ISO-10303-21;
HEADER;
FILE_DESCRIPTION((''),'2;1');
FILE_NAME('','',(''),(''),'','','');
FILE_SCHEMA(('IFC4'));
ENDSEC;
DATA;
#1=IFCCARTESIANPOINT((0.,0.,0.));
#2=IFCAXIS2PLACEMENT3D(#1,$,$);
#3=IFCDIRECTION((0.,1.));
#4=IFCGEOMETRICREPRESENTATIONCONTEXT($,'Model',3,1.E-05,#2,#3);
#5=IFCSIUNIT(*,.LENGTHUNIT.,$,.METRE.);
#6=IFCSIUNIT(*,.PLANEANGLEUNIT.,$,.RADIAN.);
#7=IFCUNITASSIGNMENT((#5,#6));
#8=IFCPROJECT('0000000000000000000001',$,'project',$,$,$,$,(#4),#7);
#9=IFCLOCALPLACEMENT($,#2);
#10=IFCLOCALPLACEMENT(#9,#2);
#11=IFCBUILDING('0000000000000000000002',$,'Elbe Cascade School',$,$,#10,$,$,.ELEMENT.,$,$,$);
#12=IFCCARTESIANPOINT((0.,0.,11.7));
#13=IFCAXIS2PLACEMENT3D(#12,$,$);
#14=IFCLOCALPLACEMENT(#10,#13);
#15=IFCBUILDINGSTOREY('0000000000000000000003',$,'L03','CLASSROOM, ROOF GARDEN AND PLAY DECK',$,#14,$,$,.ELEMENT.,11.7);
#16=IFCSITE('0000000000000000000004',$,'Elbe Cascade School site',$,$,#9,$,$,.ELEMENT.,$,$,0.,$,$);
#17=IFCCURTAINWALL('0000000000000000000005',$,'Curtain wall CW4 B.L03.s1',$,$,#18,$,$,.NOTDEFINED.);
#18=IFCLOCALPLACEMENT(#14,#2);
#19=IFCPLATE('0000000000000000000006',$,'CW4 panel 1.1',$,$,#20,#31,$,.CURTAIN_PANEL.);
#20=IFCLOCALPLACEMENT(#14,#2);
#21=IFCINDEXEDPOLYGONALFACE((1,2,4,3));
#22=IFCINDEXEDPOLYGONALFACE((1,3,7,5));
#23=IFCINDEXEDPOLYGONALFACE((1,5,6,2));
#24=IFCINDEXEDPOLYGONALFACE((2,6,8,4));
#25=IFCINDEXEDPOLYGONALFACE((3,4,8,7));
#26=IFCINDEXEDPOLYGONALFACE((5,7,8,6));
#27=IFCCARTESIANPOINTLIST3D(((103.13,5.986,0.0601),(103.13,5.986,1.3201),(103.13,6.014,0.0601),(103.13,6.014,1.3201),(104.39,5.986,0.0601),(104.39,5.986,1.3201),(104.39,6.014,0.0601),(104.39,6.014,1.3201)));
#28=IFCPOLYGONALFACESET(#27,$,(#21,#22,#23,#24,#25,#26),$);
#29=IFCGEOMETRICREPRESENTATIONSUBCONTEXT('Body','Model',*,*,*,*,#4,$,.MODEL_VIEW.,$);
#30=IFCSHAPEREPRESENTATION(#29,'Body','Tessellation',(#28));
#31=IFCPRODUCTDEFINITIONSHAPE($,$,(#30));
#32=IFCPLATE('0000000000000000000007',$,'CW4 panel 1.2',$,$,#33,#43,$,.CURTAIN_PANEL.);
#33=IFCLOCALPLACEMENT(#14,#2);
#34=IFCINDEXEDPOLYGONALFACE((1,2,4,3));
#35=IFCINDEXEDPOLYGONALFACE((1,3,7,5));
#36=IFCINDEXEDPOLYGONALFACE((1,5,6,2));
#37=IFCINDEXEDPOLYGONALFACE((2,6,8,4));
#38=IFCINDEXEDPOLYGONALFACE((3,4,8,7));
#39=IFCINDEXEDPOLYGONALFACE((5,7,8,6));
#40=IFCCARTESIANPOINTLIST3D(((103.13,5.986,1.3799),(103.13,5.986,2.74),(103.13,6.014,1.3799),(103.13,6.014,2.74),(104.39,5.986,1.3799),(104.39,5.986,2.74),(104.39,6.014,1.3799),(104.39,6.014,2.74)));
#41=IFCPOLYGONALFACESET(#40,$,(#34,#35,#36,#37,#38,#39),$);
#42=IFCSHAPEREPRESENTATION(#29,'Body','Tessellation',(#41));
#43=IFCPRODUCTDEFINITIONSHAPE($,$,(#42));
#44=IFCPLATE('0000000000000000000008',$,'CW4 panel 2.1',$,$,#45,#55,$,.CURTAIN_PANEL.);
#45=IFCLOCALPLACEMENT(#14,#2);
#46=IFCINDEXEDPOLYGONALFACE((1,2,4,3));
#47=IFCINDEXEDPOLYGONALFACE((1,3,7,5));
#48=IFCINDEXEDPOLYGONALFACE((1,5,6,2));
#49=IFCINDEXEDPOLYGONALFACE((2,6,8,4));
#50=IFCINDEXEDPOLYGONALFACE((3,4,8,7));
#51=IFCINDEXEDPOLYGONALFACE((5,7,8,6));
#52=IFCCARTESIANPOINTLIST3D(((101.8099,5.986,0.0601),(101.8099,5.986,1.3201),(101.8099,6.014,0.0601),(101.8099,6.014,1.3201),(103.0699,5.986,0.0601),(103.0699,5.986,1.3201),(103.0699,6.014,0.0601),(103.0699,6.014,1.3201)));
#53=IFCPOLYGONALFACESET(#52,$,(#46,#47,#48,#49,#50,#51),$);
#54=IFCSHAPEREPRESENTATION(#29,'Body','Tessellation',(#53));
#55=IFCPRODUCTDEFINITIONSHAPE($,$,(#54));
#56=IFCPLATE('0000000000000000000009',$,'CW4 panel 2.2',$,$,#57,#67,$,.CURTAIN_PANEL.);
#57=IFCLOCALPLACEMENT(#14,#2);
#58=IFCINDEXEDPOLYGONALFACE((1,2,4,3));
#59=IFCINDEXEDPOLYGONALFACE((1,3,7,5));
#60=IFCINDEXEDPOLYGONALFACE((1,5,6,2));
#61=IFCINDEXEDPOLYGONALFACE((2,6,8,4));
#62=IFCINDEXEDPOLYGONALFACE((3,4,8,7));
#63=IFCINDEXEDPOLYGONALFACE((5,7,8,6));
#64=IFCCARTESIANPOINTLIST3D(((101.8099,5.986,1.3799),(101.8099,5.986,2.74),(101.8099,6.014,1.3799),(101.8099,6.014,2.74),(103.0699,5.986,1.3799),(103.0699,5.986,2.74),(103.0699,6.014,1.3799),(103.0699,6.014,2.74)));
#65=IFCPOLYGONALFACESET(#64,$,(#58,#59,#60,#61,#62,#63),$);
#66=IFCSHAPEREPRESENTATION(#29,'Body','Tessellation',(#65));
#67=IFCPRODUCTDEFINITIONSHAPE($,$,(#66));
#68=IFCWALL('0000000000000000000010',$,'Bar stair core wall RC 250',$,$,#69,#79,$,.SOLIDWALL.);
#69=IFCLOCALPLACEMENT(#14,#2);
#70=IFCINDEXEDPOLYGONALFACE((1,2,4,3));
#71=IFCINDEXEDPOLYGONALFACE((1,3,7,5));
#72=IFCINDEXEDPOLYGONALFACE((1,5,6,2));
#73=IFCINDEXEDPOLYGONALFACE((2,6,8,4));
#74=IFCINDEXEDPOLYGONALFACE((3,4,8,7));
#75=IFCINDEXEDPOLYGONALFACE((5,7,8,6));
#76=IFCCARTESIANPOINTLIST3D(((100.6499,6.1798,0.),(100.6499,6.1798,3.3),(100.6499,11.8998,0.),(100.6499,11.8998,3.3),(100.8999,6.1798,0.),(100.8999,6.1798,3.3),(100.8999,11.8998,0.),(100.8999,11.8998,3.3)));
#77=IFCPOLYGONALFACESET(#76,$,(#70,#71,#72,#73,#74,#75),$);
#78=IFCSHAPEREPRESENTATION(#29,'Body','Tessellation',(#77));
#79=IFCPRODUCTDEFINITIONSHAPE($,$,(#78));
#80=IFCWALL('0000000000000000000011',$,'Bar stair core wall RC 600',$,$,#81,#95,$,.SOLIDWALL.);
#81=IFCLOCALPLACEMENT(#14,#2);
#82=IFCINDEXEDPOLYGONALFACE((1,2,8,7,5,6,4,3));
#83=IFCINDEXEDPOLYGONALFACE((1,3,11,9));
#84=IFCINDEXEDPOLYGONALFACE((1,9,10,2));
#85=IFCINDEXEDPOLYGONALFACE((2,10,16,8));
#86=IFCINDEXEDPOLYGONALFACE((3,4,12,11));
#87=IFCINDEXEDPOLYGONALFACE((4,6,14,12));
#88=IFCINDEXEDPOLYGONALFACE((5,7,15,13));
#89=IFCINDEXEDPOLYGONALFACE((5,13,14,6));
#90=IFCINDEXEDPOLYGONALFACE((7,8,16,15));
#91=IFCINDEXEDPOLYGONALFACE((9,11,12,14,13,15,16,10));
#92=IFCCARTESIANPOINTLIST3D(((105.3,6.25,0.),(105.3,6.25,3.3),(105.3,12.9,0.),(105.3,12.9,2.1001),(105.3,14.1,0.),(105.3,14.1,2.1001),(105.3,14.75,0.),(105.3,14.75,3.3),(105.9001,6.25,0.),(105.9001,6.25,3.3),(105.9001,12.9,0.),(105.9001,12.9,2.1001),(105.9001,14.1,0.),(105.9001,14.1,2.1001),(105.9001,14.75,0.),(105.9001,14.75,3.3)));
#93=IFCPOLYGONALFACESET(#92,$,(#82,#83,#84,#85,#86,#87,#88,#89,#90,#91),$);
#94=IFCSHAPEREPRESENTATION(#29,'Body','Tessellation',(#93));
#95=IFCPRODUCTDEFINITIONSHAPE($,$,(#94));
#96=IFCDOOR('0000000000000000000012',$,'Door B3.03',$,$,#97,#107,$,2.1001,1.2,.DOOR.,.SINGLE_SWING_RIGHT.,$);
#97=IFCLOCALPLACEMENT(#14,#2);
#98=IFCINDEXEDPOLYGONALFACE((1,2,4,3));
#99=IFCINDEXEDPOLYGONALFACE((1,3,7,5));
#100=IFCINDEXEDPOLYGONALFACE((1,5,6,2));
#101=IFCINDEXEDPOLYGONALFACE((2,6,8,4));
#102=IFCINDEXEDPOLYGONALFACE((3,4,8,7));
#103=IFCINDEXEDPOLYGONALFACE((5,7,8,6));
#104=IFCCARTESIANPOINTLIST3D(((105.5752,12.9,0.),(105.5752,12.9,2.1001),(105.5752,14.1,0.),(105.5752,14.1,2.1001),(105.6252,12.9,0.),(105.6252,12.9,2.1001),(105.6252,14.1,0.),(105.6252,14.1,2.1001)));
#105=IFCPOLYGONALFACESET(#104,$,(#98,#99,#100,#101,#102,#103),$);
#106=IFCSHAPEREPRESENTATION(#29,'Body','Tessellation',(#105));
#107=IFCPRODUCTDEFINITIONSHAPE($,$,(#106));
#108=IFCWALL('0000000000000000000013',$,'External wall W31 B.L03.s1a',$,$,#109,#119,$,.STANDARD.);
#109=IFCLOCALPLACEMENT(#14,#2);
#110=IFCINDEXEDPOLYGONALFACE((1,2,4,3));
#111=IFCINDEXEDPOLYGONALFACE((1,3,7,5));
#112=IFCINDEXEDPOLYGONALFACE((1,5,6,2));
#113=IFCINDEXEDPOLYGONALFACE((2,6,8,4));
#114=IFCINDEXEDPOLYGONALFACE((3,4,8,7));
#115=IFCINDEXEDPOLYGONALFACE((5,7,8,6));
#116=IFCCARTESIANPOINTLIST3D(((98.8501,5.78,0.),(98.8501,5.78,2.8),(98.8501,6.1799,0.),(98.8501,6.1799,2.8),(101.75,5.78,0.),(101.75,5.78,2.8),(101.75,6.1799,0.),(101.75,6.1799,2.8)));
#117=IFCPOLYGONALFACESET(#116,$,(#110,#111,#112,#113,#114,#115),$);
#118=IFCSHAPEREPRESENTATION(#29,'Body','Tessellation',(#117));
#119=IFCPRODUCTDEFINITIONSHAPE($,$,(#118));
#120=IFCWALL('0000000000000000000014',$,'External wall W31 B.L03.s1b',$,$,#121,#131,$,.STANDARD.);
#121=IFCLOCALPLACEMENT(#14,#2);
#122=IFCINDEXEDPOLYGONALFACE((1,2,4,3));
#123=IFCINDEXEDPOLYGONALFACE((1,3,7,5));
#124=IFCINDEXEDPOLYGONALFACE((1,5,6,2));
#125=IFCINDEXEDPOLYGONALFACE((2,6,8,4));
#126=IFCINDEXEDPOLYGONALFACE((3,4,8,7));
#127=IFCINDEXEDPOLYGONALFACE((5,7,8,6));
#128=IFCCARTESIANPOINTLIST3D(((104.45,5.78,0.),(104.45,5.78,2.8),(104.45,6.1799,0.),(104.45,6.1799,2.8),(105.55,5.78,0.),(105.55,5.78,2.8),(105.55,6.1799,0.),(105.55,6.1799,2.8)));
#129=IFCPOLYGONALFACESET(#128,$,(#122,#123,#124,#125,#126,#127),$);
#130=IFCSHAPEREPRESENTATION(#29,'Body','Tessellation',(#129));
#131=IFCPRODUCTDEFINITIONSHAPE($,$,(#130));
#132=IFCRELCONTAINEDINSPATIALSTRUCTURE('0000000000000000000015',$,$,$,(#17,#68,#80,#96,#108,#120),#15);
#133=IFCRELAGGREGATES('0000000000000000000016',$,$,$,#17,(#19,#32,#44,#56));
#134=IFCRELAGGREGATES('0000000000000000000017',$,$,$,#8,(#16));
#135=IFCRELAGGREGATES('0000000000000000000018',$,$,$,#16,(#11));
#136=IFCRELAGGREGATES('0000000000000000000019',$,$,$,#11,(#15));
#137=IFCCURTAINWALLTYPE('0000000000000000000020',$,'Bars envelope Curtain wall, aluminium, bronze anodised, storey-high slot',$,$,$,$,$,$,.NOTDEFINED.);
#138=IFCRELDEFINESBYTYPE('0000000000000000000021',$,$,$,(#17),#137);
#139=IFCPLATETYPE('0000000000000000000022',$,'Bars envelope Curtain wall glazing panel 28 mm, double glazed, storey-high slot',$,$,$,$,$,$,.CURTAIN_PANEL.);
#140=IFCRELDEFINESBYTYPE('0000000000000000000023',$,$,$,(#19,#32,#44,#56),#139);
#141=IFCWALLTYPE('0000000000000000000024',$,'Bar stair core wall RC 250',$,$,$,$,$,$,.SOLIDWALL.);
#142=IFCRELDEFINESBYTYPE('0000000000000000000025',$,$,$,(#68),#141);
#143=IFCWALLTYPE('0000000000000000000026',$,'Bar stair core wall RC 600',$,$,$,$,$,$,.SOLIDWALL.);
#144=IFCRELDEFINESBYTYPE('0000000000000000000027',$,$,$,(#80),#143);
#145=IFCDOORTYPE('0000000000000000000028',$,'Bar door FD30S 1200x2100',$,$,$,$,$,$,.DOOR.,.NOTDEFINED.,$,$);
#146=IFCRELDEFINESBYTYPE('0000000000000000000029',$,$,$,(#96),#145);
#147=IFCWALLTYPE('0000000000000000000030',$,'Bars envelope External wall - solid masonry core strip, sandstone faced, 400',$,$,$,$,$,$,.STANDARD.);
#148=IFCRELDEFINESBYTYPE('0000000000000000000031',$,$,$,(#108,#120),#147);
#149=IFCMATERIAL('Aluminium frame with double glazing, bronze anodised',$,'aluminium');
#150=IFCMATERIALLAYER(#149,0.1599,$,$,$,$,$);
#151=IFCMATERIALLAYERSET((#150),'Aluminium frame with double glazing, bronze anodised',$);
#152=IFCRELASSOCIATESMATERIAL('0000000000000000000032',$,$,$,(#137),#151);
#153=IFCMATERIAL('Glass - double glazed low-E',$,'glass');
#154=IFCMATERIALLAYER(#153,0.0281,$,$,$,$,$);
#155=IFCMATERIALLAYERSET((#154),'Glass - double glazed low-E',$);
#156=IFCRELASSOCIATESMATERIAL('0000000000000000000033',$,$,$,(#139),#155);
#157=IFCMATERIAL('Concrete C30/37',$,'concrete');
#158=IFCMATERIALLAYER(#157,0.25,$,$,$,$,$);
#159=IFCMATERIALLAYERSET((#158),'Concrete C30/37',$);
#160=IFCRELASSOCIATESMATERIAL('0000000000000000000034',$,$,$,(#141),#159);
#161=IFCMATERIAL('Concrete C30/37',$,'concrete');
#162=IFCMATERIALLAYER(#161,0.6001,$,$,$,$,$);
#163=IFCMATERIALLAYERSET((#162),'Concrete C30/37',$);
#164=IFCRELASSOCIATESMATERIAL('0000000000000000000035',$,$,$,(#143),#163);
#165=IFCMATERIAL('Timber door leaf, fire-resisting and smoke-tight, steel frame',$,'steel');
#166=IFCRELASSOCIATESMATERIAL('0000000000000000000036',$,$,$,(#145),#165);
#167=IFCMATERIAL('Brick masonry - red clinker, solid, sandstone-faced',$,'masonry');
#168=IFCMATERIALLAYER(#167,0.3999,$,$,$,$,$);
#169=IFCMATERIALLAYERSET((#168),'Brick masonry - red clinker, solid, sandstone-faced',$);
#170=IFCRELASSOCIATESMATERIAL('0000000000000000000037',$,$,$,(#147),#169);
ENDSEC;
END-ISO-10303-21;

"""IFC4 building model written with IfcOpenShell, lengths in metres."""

from ifc_helpers import new_model, si_unit, direction, frame, frame_2d, origin, origin_2d, place, context, subcontext, project, spatial, rectangle, extrude, material, layer, layer_set, type_object, element, fill, aggregate, save


model = new_model("IFC4")

# Units and contexts
model_context = context("Model", 3, precision=1e-05, world=origin(), true_north=direction((0.0, 1.0)))
body_context = subcontext(model_context, "Body", "Model", "MODEL_VIEW")
ifc_project = project(units=[si_unit("LENGTHUNIT", "METRE"), si_unit("PLANEANGLEUNIT", "RADIAN")], contexts=[model_context])

# Site, building, storey
site_placement = place(None, origin())
site = spatial("IfcSite", under=ifc_project, at=site_placement, Name="Elbe Cascade School site", CompositionType="ELEMENT", RefElevation=0.0)
building_placement = place(site_placement, origin())
building = spatial("IfcBuilding", under=site, at=building_placement, Name="Elbe Cascade School", CompositionType="ELEMENT")
storey_placement = place(building_placement, frame((0.0, 0.0, 11.7)))
storey = spatial("IfcBuildingStorey", under=building, at=storey_placement, Name="L03", Description="CLASSROOM, ROOF GARDEN AND PLAY DECK", CompositionType="ELEMENT", Elevation=11.7)

# Curtain wall
ifc_material_1 = material(Name="Aluminium frame with double glazing, bronze anodised", Category="aluminium")
ifc_layer_1 = layer(ifc_material_1, 0.1599)
ifc_layer_set_1 = layer_set([ifc_layer_1], Name="Aluminium frame with double glazing, bronze anodised")
curtain_wall_type = type_object("IfcCurtainWallType", Name="Bars envelope Curtain wall, aluminium, bronze anodised, storey-high slot", PredefinedType="NOTDEFINED", material=ifc_layer_set_1)
curtain_wall_1_placement = place(storey_placement, origin())
curtain_wall_1 = element("IfcCurtainWall", 1, at=curtain_wall_1_placement, inside=storey, type_object=curtain_wall_type, Name="Curtain wall CW4 B.L03.s1", PredefinedType="NOTDEFINED")

# Plates
ifc_material_2 = material(Name="Glass - double glazed low-E", Category="glass")
ifc_layer_2 = layer(ifc_material_2, 0.0281)
ifc_layer_set_2 = layer_set([ifc_layer_2], Name="Glass - double glazed low-E")
plate_type = type_object("IfcPlateType", Name="Bars envelope Curtain wall glazing panel 28 mm, double glazed, storey-high slot", PredefinedType="CURTAIN_PANEL", material=ifc_layer_set_2)
plate_1_placement = place(storey_placement, frame((103.76, 6.0, 0.0601), z_axis=(0.0, 0.0, 1.0), x_axis=(-1.0, 0.0, 0.0)))
plate_1 = element("IfcPlate", 2, at=plate_1_placement, type_object=plate_type, Name="CW4 panel 1.1", PredefinedType="CURTAIN_PANEL", context=body_context, shape_type="SweptSolid", body=[
    extrude(rectangle(XDim=1.26, YDim=0.0281, at=origin_2d()), origin(), (0.0, 0.0, 1.0), 1.26),
])
plate_2_placement = place(storey_placement, frame((103.76, 6.0, 1.3799), z_axis=(0.0, 0.0, 1.0), x_axis=(-1.0, 0.0, 0.0)))
plate_2 = element("IfcPlate", 3, at=plate_2_placement, type_object=plate_type, Name="CW4 panel 1.2", PredefinedType="CURTAIN_PANEL", context=body_context, shape_type="SweptSolid", body=[
    extrude(rectangle(XDim=1.26, YDim=0.0281, at=origin_2d()), origin(), (0.0, 0.0, 1.0), 1.3601),
])
plate_3_placement = place(storey_placement, frame((102.4399, 6.0, 0.0601), z_axis=(0.0, 0.0, 1.0), x_axis=(-1.0, 0.0, 0.0)))
plate_3 = element("IfcPlate", 4, at=plate_3_placement, type_object=plate_type, Name="CW4 panel 2.1", PredefinedType="CURTAIN_PANEL", context=body_context, shape_type="SweptSolid", body=[
    extrude(rectangle(XDim=1.26, YDim=0.0281, at=origin_2d()), origin(), (0.0, 0.0, 1.0), 1.26),
])
plate_4_placement = place(storey_placement, frame((102.4399, 6.0, 1.3799), z_axis=(0.0, 0.0, 1.0), x_axis=(-1.0, 0.0, 0.0)))
plate_4 = element("IfcPlate", 5, at=plate_4_placement, type_object=plate_type, Name="CW4 panel 2.2", PredefinedType="CURTAIN_PANEL", context=body_context, shape_type="SweptSolid", body=[
    extrude(rectangle(XDim=1.26, YDim=0.0281, at=origin_2d()), origin(), (0.0, 0.0, 1.0), 1.3601),
])
aggregate(curtain_wall_1, [plate_1, plate_2, plate_3, plate_4])

# Wall
ifc_material_3 = material(Name="Concrete C30/37", Category="concrete")
ifc_layer_3 = layer(ifc_material_3, 0.25)
ifc_layer_set_3 = layer_set([ifc_layer_3], Name="Concrete C30/37")
wall_type_1 = type_object("IfcWallType", Name="Bar stair core wall RC 250", PredefinedType="SOLIDWALL", material=ifc_layer_set_3)
wall_1_placement = place(storey_placement, frame((100.7749, 6.1799, 0.0), z_axis=(0.0, 0.0, 1.0), x_axis=(0.0, 1.0, 0.0)))
element("IfcWall", 6, at=wall_1_placement, inside=storey, type_object=wall_type_1, Name="Bar stair core wall RC 250", PredefinedType="SOLIDWALL", context=body_context, shape_type="SweptSolid", body=[
    extrude(rectangle(XDim=5.72, YDim=0.25, at=frame_2d((2.8599, 0.0))), origin(), (0.0, 0.0, 1.0), 3.3),
])

# Wall, opening, door
ifc_material_4 = material(Name="Concrete C30/37", Category="concrete")
ifc_layer_4 = layer(ifc_material_4, 0.6001)
ifc_layer_set_4 = layer_set([ifc_layer_4], Name="Concrete C30/37")
wall_type_2 = type_object("IfcWallType", Name="Bar stair core wall RC 600", PredefinedType="SOLIDWALL", material=ifc_layer_set_4)
wall_2_placement = place(storey_placement, frame((105.6001, 6.25, 0.0), z_axis=(0.0, 0.0, 1.0), x_axis=(0.0, 1.0, 0.0)))
wall_2 = element("IfcWall", 7, at=wall_2_placement, inside=storey, type_object=wall_type_2, Name="Bar stair core wall RC 600", PredefinedType="SOLIDWALL", context=body_context, shape_type="SweptSolid", body=[
    extrude(rectangle(XDim=8.5, YDim=0.6001, at=frame_2d((4.25, 0.0))), origin(), (0.0, 0.0, 1.0), 3.3),
])
opening_placement = place(wall_2_placement, frame((6.6499, 0.0, 0.0)))
opening = element("IfcOpeningElement", 8, at=opening_placement, cuts=wall_2, PredefinedType="OPENING", context=body_context, shape_type="SweptSolid", body=[
    extrude(rectangle(XDim=1.2, YDim=2.1001, at=frame_2d((0.6001, 1.05))), frame((0.0, 0.3101, 0.0), z_axis=(0.0, -1.0, 0.0), x_axis=(1.0, 0.0, 0.0)), (0.0, 0.0, 1.0), 0.6201),
])
ifc_material_5 = material(Name="Timber door leaf, fire-resisting and smoke-tight, steel frame", Category="steel")
door_type = type_object("IfcDoorType", Name="Bar door FD30S 1200x2100", OperationType="NOTDEFINED", PredefinedType="DOOR", material=ifc_material_5)
door_placement = place(opening_placement, origin())
door = element("IfcDoor", 9, at=door_placement, inside=storey, type_object=door_type, Name="Door B3.03", OperationType="SINGLE_SWING_RIGHT", OverallHeight=2.1001, OverallWidth=1.2, PredefinedType="DOOR", context=body_context, shape_type="SweptSolid", body=[
    extrude(rectangle(XDim=1.2, YDim=2.1001, at=frame_2d((0.6001, 1.05))), frame((0.0, 0.0249, 0.0), z_axis=(0.0, -1.0, 0.0), x_axis=(1.0, 0.0, 0.0)), (0.0, 0.0, 1.0), 0.05),
])
fill(opening, door)

# Walls
ifc_material_6 = material(Name="Brick masonry - red clinker, solid, sandstone-faced", Category="masonry")
ifc_layer_5 = layer(ifc_material_6, 0.3999)
ifc_layer_set_5 = layer_set([ifc_layer_5], Name="Brick masonry - red clinker, solid, sandstone-faced")
wall_type_3 = type_object("IfcWallType", Name="Bars envelope External wall - solid masonry core strip, sandstone faced, 400", PredefinedType="STANDARD", material=ifc_layer_set_5)
wall_3_placement = place(storey_placement, frame((101.75, 5.98, 0.0), z_axis=(0.0, 0.0, 1.0), x_axis=(-1.0, 0.0, 0.0)))
element("IfcWall", 10, at=wall_3_placement, inside=storey, type_object=wall_type_3, Name="External wall W31 B.L03.s1a", PredefinedType="STANDARD", context=body_context, shape_type="SweptSolid", body=[
    extrude(rectangle(XDim=2.8999, YDim=0.3999, at=frame_2d((1.45, 0.0))), origin(), (0.0, 0.0, 1.0), 2.8),
])
wall_4_placement = place(storey_placement, frame((105.55, 5.98, 0.0), z_axis=(0.0, 0.0, 1.0), x_axis=(-1.0, 0.0, 0.0)))
element("IfcWall", 11, at=wall_4_placement, inside=storey, type_object=wall_type_3, Name="External wall W31 B.L03.s1b", PredefinedType="STANDARD", context=body_context, shape_type="SweptSolid", body=[
    extrude(rectangle(XDim=1.1001, YDim=0.3999, at=frame_2d((0.55, 0.0))), origin(), (0.0, 0.0, 1.0), 2.8),
])

save(model, "model.ifc")
